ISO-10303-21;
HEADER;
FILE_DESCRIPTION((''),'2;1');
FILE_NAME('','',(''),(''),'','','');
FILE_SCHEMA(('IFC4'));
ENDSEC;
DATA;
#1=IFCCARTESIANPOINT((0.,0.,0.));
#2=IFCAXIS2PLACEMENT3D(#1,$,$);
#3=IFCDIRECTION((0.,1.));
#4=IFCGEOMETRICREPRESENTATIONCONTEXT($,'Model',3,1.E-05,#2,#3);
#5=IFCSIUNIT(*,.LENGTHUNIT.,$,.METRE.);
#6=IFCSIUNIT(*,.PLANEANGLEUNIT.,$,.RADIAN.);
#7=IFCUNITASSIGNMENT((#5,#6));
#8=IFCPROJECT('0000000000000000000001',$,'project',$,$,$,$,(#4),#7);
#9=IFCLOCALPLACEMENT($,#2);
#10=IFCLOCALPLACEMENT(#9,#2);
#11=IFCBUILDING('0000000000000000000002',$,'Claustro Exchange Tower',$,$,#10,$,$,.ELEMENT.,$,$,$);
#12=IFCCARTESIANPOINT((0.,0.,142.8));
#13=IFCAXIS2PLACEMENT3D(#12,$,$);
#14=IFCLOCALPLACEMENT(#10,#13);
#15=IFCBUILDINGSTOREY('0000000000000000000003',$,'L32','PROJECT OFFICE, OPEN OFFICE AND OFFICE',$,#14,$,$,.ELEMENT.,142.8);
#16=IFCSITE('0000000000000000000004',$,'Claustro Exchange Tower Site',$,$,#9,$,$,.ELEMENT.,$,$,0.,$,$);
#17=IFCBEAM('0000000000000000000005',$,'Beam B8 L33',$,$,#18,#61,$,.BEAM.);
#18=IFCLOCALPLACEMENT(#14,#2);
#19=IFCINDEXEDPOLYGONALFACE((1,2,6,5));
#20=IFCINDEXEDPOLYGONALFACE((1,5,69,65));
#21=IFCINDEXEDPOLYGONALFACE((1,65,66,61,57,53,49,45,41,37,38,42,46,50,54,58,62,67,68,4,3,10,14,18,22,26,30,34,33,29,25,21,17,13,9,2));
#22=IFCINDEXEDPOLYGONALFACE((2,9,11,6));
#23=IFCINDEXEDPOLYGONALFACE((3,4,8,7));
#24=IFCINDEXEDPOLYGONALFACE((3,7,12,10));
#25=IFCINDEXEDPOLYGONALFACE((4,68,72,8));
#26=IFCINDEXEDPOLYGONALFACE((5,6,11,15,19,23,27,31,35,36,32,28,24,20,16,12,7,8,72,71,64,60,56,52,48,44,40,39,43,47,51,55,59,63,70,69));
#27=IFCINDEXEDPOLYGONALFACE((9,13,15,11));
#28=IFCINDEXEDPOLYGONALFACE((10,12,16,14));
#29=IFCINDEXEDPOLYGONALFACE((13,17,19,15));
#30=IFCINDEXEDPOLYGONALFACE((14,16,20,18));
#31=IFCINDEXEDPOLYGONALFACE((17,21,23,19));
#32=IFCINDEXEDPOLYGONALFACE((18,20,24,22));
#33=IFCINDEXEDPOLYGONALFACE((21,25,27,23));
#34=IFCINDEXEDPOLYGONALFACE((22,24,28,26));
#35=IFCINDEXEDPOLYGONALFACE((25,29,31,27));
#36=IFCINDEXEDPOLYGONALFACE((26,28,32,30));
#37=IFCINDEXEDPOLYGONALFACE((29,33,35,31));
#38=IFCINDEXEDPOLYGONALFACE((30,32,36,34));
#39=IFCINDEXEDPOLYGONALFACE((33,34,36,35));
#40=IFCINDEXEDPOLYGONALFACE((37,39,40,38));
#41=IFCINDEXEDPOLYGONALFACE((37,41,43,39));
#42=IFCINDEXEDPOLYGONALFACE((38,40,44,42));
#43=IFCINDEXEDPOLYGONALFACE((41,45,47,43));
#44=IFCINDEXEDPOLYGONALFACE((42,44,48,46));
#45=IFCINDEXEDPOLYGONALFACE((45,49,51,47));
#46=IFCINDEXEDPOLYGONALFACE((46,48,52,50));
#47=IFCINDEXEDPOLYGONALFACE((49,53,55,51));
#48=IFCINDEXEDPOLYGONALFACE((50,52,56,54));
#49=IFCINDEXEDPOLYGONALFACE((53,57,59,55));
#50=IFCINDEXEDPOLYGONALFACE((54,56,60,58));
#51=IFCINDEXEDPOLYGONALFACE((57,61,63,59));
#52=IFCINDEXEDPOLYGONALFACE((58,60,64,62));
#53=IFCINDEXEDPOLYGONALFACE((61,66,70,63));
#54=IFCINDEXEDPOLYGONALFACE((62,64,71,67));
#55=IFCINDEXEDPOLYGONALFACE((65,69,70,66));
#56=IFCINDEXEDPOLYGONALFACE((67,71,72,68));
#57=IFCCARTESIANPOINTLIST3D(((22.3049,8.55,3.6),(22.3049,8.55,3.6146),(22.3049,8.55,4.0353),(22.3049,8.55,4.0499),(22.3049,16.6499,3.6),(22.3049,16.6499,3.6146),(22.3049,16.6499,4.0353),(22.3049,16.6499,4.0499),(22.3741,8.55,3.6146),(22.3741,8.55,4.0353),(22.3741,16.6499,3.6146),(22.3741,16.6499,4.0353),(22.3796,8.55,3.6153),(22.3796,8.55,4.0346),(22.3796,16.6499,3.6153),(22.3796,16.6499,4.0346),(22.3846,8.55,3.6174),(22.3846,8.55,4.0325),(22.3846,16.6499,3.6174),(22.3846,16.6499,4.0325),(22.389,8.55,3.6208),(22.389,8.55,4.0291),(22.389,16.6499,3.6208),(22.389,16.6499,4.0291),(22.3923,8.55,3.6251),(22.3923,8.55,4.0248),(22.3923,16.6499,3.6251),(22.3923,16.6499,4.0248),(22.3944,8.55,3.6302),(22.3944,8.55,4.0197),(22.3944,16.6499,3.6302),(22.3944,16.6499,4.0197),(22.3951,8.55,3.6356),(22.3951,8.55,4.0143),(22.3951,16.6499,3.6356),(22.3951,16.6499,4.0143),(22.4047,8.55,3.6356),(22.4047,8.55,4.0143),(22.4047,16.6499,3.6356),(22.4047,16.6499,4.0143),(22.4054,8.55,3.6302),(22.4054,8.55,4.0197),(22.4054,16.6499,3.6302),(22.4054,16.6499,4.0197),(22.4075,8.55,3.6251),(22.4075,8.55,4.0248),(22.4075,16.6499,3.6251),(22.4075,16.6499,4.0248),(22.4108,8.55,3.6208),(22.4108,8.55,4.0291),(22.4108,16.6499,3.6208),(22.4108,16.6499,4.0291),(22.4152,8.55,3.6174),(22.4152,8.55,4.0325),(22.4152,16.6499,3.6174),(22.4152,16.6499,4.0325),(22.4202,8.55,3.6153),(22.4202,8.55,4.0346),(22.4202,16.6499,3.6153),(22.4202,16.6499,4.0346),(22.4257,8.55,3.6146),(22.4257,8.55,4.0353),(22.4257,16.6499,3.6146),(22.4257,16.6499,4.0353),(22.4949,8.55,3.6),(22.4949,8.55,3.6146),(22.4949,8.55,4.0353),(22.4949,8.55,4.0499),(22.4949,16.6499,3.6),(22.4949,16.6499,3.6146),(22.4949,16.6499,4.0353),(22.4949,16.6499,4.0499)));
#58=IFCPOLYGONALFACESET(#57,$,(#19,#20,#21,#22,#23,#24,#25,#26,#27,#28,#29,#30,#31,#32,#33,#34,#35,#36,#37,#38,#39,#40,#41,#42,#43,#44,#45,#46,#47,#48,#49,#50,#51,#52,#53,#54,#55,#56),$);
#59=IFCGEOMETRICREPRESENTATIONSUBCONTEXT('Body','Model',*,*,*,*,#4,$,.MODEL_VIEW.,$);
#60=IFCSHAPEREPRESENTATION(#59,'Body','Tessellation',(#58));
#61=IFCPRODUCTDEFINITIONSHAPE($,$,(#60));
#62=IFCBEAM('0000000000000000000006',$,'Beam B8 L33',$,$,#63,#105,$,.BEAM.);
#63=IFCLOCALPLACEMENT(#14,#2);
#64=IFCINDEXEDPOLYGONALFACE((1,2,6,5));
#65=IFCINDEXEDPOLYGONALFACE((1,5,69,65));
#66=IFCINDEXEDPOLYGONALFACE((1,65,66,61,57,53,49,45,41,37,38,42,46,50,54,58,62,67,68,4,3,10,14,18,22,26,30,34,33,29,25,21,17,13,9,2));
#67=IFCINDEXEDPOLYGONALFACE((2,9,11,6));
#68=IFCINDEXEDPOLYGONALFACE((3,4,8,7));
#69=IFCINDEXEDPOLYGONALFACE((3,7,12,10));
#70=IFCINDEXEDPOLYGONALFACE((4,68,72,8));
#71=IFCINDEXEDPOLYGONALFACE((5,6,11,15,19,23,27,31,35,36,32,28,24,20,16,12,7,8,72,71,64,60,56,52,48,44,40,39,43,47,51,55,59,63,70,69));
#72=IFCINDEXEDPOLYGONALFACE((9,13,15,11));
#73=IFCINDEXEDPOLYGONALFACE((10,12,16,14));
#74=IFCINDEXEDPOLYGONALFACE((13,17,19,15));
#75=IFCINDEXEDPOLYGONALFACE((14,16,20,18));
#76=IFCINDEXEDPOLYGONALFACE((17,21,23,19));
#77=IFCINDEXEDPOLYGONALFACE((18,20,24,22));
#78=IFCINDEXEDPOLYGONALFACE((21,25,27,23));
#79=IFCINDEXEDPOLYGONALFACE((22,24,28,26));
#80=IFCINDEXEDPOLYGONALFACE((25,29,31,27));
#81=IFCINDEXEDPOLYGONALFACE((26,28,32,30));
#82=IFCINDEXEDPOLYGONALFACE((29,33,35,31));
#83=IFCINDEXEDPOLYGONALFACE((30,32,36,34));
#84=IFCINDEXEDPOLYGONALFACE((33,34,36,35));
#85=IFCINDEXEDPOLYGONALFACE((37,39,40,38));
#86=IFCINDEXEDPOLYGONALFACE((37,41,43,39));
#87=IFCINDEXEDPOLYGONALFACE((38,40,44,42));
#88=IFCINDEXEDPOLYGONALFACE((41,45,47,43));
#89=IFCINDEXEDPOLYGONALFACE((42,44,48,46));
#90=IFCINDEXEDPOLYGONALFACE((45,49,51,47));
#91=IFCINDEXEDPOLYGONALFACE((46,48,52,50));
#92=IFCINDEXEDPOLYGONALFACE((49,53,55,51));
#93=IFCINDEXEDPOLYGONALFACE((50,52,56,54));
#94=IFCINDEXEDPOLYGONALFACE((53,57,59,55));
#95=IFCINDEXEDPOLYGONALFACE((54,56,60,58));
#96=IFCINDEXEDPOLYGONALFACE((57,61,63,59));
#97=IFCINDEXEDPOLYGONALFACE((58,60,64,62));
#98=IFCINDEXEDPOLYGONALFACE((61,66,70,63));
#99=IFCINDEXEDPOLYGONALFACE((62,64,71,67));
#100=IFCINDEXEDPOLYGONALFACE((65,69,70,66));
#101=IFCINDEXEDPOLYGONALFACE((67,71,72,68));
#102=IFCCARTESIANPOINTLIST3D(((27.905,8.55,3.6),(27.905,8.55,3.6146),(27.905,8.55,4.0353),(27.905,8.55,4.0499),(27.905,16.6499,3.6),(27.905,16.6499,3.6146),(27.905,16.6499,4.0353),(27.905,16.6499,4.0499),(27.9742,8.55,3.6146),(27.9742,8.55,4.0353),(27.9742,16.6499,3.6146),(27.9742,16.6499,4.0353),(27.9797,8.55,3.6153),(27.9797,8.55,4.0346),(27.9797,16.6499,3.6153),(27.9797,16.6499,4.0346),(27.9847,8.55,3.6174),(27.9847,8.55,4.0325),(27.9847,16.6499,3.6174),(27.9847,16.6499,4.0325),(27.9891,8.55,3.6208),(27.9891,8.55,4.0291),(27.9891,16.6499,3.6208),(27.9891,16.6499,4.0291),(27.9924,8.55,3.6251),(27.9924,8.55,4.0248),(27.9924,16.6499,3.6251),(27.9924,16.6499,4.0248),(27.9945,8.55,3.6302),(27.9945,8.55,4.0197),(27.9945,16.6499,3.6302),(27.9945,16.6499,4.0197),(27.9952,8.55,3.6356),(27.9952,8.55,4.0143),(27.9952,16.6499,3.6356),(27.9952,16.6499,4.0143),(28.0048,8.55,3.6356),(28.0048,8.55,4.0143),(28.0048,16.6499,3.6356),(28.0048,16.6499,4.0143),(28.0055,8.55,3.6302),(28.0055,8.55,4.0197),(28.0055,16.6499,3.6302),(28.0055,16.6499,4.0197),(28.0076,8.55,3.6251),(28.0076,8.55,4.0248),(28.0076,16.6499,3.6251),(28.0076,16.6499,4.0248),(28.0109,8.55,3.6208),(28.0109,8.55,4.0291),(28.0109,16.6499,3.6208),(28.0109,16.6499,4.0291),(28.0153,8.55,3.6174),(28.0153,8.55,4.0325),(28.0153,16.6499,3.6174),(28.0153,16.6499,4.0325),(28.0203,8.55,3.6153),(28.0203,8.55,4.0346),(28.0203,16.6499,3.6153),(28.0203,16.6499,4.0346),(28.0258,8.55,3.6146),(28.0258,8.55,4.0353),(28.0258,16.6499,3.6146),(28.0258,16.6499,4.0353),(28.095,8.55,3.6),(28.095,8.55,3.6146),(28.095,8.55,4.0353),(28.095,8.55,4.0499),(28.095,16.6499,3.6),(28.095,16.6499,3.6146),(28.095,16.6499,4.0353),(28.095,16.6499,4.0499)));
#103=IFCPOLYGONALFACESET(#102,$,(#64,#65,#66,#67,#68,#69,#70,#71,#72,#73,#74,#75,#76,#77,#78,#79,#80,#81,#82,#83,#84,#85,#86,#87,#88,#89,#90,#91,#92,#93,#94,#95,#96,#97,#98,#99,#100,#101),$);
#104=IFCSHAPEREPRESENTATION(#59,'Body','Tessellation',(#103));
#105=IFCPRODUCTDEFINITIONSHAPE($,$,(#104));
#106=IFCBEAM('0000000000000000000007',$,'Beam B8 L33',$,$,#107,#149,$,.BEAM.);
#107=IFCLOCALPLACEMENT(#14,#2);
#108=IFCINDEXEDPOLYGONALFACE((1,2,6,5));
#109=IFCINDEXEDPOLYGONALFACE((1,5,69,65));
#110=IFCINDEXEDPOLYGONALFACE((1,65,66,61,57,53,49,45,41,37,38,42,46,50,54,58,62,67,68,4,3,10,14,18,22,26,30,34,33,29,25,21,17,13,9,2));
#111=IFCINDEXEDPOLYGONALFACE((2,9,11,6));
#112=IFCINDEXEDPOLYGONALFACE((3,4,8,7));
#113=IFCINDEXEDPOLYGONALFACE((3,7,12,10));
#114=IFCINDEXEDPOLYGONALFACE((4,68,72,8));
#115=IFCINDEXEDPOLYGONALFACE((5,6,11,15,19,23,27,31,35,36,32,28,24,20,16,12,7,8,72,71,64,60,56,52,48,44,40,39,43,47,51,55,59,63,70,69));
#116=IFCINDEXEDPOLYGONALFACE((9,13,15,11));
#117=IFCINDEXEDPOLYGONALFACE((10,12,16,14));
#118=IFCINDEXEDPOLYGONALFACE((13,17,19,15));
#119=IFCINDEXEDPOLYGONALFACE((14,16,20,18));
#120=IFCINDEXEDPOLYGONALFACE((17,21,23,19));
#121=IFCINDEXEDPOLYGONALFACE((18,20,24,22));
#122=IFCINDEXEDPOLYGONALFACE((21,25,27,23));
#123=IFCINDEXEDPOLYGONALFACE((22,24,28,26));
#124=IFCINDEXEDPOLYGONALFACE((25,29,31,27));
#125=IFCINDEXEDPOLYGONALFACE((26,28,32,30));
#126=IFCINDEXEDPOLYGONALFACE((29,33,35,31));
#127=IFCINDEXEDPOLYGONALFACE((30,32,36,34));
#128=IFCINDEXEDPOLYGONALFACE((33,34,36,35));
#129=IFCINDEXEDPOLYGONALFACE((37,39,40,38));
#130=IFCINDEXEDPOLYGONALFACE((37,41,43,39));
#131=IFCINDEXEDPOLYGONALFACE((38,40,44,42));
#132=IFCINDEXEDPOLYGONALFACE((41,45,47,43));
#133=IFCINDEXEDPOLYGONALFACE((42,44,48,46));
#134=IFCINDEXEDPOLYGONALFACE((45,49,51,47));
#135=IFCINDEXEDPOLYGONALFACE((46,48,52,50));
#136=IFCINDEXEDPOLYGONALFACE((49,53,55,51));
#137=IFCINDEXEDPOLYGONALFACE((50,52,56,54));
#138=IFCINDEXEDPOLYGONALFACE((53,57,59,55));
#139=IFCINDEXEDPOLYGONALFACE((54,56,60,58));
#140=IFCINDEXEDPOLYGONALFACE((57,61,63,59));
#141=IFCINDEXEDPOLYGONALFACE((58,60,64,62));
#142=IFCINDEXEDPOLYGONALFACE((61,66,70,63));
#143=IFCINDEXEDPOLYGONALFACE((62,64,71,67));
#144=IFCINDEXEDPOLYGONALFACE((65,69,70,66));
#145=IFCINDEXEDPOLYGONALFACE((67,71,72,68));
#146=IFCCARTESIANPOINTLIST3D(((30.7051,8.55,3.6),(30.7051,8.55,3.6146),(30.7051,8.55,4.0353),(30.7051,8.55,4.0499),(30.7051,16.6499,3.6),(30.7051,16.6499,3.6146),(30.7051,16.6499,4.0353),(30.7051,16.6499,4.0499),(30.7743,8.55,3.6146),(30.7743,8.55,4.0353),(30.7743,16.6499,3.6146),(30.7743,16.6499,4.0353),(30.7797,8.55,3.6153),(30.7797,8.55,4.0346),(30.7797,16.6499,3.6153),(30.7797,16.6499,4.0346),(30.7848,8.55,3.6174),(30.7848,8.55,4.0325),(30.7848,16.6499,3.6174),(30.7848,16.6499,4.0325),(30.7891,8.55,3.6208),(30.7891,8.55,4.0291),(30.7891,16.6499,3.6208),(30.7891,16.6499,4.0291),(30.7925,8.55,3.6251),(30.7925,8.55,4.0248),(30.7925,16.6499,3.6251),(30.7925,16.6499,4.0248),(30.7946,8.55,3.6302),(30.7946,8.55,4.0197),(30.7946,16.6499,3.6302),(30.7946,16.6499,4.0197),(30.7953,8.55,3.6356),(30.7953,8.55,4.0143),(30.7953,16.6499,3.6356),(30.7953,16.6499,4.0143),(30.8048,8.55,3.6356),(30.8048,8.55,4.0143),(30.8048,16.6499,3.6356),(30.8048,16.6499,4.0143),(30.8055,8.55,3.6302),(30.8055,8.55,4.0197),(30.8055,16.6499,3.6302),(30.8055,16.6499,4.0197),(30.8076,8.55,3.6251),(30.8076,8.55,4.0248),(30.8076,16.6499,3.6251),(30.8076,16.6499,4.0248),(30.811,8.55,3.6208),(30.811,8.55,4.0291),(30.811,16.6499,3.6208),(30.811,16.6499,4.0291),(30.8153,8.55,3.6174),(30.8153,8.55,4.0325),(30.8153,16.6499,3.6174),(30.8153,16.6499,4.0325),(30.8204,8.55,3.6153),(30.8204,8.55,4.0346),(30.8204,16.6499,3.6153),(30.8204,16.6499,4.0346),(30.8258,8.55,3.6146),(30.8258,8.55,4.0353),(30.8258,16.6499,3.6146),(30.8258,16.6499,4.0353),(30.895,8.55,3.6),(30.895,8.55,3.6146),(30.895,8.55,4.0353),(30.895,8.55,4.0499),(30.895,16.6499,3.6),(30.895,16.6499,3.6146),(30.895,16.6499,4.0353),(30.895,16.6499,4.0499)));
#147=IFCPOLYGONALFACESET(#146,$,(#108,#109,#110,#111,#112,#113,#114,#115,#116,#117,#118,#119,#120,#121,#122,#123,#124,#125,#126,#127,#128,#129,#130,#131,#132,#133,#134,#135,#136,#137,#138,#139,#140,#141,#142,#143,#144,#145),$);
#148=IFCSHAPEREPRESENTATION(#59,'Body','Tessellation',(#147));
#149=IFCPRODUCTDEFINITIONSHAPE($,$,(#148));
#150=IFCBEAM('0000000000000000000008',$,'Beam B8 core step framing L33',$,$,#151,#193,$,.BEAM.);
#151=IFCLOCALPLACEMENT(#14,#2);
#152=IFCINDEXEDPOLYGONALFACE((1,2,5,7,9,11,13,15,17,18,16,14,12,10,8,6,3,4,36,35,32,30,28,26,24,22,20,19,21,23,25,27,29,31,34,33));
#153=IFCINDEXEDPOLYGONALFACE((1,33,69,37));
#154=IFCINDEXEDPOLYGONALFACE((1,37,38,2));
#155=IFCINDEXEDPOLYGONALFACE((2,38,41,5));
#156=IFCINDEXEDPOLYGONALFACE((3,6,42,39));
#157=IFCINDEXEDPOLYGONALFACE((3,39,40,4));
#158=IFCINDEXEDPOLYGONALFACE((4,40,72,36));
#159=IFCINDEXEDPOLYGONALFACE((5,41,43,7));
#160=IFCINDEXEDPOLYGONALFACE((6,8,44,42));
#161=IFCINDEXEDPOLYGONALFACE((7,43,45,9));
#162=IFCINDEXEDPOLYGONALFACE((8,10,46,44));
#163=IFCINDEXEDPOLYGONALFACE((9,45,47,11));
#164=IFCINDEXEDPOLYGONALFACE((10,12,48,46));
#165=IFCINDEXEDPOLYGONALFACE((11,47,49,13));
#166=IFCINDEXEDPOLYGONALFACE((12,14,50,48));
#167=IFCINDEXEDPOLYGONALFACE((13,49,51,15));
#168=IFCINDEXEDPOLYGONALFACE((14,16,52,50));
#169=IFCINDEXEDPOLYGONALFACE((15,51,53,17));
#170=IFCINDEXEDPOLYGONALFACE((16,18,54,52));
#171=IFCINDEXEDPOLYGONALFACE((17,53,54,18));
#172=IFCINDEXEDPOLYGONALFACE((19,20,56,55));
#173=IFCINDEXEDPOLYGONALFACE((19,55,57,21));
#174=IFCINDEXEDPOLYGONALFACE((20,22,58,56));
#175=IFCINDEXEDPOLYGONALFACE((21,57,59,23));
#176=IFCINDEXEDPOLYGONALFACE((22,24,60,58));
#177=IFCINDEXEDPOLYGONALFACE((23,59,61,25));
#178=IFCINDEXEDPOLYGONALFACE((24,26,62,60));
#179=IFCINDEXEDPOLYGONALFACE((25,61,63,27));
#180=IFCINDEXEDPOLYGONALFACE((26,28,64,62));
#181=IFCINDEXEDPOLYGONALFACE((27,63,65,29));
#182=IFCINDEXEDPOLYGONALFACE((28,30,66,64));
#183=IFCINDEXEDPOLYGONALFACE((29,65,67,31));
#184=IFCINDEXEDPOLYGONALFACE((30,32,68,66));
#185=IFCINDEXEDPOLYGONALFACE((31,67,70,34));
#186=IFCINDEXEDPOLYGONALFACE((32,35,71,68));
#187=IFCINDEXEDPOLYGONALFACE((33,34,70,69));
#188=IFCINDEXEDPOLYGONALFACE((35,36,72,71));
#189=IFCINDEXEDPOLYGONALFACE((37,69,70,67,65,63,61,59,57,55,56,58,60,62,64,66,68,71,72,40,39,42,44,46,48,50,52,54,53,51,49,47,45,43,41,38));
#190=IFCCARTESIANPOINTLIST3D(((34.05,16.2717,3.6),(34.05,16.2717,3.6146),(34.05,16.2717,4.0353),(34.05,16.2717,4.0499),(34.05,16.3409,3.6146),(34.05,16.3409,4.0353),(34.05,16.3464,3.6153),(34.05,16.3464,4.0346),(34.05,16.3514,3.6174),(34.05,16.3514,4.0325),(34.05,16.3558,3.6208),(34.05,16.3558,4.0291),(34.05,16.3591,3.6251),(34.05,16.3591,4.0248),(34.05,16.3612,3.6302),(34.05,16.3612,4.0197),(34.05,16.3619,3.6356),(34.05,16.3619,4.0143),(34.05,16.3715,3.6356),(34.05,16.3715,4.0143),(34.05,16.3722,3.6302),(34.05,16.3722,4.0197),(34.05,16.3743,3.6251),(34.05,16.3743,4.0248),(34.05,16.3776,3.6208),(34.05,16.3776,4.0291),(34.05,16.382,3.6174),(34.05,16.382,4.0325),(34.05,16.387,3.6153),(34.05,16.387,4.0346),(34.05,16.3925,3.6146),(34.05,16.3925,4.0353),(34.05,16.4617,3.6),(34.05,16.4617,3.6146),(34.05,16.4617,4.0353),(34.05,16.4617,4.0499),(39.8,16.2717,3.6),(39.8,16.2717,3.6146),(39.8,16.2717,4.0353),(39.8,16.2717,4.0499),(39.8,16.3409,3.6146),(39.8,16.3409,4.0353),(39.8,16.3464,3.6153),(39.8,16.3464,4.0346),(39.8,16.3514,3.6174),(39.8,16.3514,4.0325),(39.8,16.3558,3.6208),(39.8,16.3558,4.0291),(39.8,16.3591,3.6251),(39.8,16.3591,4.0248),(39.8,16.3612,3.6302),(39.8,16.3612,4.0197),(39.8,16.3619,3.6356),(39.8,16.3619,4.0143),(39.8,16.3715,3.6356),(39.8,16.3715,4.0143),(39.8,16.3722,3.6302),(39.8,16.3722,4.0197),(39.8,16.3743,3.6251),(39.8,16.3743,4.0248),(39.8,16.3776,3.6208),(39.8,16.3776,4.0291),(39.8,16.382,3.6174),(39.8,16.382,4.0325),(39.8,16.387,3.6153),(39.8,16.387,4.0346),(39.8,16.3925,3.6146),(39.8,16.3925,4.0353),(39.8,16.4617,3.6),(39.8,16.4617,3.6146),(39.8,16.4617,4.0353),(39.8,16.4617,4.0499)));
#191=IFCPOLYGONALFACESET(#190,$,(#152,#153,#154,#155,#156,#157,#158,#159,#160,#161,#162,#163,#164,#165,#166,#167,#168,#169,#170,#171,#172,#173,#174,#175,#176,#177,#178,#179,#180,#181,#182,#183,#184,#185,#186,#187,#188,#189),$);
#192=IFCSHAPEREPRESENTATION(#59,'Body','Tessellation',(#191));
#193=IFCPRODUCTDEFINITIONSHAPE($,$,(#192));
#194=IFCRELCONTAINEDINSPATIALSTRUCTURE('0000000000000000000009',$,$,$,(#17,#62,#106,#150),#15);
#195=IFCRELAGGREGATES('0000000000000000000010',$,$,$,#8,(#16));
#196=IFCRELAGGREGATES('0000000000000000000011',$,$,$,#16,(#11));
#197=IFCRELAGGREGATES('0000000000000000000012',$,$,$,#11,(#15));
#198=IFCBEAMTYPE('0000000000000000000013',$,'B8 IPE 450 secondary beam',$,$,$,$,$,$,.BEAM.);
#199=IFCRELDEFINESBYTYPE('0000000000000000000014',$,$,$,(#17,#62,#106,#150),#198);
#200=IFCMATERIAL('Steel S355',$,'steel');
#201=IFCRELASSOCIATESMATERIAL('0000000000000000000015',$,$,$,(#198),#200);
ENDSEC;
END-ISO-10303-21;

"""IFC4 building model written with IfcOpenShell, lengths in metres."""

from ifc_helpers import new_model, si_unit, direction, frame, origin, origin_2d, place, context, subcontext, project, spatial, i_section, extrude, material, material_profile, profile_set, type_object, element, save


model = new_model("IFC4")

# Units and contexts
model_context = context("Model", 3, precision=1e-05, world=origin(), true_north=direction((0.0, 1.0)))
body_context = subcontext(model_context, "Body", "Model", "MODEL_VIEW")
ifc_project = project(units=[si_unit("LENGTHUNIT", "METRE"), si_unit("PLANEANGLEUNIT", "RADIAN")], contexts=[model_context])

# Site, building, storey
site_placement = place(None, origin())
site = spatial("IfcSite", under=ifc_project, at=site_placement, Name="Claustro Exchange Tower Site", CompositionType="ELEMENT", RefElevation=0.0)
building_placement = place(site_placement, origin())
building = spatial("IfcBuilding", under=site, at=building_placement, Name="Claustro Exchange Tower", CompositionType="ELEMENT")
storey_placement = place(building_placement, frame((0.0, 0.0, 142.8)))
storey = spatial("IfcBuildingStorey", under=building, at=storey_placement, Name="L32", Description="PROJECT OFFICE, OPEN OFFICE AND OFFICE", CompositionType="ELEMENT", Elevation=142.8)

# Beams
ifc_material_1 = material(Name="Steel S355", Category="steel")
ifc_material_profile_1 = material_profile(ifc_material_1, i_section(OverallWidth=0.1899, OverallDepth=0.45, WebThickness=0.0095, FlangeThickness=0.0146, FilletRadius=0.021, at=origin_2d()), Name="IPE 450")
ifc_profile_set_1 = profile_set([ifc_material_profile_1], Name="Steel S355")
beam_type_1 = type_object("IfcBeamType", Name="B8 IPE 450 secondary beam", PredefinedType="BEAM", material=ifc_profile_set_1)
for number, where, z_axis, x_axis, name in (
    (1, (22.3999, 8.55, 3.825), (0.0, 1.0, 0.0), (-1.0, 0.0, 0.0), "Beam B8 L33"),
    (2, (28.0, 8.55, 3.825), (0.0, 1.0, 0.0), (-1.0, 0.0, 0.0), "Beam B8 L33"),
    (3, (30.8, 8.55, 3.825), (0.0, 1.0, 0.0), (-1.0, 0.0, 0.0), "Beam B8 L33"),
):
    element("IfcBeam", number, at=place(storey_placement, frame(where, z_axis=z_axis, x_axis=x_axis)), inside=storey, type_object=beam_type_1, Name=name, PredefinedType="BEAM", context=body_context, shape_type="SweptSolid", body=[
        extrude(i_section(OverallWidth=0.1899, OverallDepth=0.45, WebThickness=0.0095, FlangeThickness=0.0146, FilletRadius=0.021, at=origin_2d()), origin(), (0.0, 0.0, 1.0), 8.0999),
    ])
for number, where, z_axis, x_axis, name in (
    (4, (34.05, 16.3667, 3.825), (1.0, 0.0, 0.0), (0.0, 1.0, 0.0), "Beam B8 core step framing L33"),
):
    element("IfcBeam", number, at=place(storey_placement, frame(where, z_axis=z_axis, x_axis=x_axis)), inside=storey, type_object=beam_type_1, Name=name, PredefinedType="BEAM", context=body_context, shape_type="SweptSolid", body=[
        extrude(i_section(OverallWidth=0.1899, OverallDepth=0.45, WebThickness=0.0095, FlangeThickness=0.0146, FilletRadius=0.021, at=origin_2d()), origin(), (0.0, 0.0, 1.0), 5.75),
    ])

save(model, "model.ifc")
